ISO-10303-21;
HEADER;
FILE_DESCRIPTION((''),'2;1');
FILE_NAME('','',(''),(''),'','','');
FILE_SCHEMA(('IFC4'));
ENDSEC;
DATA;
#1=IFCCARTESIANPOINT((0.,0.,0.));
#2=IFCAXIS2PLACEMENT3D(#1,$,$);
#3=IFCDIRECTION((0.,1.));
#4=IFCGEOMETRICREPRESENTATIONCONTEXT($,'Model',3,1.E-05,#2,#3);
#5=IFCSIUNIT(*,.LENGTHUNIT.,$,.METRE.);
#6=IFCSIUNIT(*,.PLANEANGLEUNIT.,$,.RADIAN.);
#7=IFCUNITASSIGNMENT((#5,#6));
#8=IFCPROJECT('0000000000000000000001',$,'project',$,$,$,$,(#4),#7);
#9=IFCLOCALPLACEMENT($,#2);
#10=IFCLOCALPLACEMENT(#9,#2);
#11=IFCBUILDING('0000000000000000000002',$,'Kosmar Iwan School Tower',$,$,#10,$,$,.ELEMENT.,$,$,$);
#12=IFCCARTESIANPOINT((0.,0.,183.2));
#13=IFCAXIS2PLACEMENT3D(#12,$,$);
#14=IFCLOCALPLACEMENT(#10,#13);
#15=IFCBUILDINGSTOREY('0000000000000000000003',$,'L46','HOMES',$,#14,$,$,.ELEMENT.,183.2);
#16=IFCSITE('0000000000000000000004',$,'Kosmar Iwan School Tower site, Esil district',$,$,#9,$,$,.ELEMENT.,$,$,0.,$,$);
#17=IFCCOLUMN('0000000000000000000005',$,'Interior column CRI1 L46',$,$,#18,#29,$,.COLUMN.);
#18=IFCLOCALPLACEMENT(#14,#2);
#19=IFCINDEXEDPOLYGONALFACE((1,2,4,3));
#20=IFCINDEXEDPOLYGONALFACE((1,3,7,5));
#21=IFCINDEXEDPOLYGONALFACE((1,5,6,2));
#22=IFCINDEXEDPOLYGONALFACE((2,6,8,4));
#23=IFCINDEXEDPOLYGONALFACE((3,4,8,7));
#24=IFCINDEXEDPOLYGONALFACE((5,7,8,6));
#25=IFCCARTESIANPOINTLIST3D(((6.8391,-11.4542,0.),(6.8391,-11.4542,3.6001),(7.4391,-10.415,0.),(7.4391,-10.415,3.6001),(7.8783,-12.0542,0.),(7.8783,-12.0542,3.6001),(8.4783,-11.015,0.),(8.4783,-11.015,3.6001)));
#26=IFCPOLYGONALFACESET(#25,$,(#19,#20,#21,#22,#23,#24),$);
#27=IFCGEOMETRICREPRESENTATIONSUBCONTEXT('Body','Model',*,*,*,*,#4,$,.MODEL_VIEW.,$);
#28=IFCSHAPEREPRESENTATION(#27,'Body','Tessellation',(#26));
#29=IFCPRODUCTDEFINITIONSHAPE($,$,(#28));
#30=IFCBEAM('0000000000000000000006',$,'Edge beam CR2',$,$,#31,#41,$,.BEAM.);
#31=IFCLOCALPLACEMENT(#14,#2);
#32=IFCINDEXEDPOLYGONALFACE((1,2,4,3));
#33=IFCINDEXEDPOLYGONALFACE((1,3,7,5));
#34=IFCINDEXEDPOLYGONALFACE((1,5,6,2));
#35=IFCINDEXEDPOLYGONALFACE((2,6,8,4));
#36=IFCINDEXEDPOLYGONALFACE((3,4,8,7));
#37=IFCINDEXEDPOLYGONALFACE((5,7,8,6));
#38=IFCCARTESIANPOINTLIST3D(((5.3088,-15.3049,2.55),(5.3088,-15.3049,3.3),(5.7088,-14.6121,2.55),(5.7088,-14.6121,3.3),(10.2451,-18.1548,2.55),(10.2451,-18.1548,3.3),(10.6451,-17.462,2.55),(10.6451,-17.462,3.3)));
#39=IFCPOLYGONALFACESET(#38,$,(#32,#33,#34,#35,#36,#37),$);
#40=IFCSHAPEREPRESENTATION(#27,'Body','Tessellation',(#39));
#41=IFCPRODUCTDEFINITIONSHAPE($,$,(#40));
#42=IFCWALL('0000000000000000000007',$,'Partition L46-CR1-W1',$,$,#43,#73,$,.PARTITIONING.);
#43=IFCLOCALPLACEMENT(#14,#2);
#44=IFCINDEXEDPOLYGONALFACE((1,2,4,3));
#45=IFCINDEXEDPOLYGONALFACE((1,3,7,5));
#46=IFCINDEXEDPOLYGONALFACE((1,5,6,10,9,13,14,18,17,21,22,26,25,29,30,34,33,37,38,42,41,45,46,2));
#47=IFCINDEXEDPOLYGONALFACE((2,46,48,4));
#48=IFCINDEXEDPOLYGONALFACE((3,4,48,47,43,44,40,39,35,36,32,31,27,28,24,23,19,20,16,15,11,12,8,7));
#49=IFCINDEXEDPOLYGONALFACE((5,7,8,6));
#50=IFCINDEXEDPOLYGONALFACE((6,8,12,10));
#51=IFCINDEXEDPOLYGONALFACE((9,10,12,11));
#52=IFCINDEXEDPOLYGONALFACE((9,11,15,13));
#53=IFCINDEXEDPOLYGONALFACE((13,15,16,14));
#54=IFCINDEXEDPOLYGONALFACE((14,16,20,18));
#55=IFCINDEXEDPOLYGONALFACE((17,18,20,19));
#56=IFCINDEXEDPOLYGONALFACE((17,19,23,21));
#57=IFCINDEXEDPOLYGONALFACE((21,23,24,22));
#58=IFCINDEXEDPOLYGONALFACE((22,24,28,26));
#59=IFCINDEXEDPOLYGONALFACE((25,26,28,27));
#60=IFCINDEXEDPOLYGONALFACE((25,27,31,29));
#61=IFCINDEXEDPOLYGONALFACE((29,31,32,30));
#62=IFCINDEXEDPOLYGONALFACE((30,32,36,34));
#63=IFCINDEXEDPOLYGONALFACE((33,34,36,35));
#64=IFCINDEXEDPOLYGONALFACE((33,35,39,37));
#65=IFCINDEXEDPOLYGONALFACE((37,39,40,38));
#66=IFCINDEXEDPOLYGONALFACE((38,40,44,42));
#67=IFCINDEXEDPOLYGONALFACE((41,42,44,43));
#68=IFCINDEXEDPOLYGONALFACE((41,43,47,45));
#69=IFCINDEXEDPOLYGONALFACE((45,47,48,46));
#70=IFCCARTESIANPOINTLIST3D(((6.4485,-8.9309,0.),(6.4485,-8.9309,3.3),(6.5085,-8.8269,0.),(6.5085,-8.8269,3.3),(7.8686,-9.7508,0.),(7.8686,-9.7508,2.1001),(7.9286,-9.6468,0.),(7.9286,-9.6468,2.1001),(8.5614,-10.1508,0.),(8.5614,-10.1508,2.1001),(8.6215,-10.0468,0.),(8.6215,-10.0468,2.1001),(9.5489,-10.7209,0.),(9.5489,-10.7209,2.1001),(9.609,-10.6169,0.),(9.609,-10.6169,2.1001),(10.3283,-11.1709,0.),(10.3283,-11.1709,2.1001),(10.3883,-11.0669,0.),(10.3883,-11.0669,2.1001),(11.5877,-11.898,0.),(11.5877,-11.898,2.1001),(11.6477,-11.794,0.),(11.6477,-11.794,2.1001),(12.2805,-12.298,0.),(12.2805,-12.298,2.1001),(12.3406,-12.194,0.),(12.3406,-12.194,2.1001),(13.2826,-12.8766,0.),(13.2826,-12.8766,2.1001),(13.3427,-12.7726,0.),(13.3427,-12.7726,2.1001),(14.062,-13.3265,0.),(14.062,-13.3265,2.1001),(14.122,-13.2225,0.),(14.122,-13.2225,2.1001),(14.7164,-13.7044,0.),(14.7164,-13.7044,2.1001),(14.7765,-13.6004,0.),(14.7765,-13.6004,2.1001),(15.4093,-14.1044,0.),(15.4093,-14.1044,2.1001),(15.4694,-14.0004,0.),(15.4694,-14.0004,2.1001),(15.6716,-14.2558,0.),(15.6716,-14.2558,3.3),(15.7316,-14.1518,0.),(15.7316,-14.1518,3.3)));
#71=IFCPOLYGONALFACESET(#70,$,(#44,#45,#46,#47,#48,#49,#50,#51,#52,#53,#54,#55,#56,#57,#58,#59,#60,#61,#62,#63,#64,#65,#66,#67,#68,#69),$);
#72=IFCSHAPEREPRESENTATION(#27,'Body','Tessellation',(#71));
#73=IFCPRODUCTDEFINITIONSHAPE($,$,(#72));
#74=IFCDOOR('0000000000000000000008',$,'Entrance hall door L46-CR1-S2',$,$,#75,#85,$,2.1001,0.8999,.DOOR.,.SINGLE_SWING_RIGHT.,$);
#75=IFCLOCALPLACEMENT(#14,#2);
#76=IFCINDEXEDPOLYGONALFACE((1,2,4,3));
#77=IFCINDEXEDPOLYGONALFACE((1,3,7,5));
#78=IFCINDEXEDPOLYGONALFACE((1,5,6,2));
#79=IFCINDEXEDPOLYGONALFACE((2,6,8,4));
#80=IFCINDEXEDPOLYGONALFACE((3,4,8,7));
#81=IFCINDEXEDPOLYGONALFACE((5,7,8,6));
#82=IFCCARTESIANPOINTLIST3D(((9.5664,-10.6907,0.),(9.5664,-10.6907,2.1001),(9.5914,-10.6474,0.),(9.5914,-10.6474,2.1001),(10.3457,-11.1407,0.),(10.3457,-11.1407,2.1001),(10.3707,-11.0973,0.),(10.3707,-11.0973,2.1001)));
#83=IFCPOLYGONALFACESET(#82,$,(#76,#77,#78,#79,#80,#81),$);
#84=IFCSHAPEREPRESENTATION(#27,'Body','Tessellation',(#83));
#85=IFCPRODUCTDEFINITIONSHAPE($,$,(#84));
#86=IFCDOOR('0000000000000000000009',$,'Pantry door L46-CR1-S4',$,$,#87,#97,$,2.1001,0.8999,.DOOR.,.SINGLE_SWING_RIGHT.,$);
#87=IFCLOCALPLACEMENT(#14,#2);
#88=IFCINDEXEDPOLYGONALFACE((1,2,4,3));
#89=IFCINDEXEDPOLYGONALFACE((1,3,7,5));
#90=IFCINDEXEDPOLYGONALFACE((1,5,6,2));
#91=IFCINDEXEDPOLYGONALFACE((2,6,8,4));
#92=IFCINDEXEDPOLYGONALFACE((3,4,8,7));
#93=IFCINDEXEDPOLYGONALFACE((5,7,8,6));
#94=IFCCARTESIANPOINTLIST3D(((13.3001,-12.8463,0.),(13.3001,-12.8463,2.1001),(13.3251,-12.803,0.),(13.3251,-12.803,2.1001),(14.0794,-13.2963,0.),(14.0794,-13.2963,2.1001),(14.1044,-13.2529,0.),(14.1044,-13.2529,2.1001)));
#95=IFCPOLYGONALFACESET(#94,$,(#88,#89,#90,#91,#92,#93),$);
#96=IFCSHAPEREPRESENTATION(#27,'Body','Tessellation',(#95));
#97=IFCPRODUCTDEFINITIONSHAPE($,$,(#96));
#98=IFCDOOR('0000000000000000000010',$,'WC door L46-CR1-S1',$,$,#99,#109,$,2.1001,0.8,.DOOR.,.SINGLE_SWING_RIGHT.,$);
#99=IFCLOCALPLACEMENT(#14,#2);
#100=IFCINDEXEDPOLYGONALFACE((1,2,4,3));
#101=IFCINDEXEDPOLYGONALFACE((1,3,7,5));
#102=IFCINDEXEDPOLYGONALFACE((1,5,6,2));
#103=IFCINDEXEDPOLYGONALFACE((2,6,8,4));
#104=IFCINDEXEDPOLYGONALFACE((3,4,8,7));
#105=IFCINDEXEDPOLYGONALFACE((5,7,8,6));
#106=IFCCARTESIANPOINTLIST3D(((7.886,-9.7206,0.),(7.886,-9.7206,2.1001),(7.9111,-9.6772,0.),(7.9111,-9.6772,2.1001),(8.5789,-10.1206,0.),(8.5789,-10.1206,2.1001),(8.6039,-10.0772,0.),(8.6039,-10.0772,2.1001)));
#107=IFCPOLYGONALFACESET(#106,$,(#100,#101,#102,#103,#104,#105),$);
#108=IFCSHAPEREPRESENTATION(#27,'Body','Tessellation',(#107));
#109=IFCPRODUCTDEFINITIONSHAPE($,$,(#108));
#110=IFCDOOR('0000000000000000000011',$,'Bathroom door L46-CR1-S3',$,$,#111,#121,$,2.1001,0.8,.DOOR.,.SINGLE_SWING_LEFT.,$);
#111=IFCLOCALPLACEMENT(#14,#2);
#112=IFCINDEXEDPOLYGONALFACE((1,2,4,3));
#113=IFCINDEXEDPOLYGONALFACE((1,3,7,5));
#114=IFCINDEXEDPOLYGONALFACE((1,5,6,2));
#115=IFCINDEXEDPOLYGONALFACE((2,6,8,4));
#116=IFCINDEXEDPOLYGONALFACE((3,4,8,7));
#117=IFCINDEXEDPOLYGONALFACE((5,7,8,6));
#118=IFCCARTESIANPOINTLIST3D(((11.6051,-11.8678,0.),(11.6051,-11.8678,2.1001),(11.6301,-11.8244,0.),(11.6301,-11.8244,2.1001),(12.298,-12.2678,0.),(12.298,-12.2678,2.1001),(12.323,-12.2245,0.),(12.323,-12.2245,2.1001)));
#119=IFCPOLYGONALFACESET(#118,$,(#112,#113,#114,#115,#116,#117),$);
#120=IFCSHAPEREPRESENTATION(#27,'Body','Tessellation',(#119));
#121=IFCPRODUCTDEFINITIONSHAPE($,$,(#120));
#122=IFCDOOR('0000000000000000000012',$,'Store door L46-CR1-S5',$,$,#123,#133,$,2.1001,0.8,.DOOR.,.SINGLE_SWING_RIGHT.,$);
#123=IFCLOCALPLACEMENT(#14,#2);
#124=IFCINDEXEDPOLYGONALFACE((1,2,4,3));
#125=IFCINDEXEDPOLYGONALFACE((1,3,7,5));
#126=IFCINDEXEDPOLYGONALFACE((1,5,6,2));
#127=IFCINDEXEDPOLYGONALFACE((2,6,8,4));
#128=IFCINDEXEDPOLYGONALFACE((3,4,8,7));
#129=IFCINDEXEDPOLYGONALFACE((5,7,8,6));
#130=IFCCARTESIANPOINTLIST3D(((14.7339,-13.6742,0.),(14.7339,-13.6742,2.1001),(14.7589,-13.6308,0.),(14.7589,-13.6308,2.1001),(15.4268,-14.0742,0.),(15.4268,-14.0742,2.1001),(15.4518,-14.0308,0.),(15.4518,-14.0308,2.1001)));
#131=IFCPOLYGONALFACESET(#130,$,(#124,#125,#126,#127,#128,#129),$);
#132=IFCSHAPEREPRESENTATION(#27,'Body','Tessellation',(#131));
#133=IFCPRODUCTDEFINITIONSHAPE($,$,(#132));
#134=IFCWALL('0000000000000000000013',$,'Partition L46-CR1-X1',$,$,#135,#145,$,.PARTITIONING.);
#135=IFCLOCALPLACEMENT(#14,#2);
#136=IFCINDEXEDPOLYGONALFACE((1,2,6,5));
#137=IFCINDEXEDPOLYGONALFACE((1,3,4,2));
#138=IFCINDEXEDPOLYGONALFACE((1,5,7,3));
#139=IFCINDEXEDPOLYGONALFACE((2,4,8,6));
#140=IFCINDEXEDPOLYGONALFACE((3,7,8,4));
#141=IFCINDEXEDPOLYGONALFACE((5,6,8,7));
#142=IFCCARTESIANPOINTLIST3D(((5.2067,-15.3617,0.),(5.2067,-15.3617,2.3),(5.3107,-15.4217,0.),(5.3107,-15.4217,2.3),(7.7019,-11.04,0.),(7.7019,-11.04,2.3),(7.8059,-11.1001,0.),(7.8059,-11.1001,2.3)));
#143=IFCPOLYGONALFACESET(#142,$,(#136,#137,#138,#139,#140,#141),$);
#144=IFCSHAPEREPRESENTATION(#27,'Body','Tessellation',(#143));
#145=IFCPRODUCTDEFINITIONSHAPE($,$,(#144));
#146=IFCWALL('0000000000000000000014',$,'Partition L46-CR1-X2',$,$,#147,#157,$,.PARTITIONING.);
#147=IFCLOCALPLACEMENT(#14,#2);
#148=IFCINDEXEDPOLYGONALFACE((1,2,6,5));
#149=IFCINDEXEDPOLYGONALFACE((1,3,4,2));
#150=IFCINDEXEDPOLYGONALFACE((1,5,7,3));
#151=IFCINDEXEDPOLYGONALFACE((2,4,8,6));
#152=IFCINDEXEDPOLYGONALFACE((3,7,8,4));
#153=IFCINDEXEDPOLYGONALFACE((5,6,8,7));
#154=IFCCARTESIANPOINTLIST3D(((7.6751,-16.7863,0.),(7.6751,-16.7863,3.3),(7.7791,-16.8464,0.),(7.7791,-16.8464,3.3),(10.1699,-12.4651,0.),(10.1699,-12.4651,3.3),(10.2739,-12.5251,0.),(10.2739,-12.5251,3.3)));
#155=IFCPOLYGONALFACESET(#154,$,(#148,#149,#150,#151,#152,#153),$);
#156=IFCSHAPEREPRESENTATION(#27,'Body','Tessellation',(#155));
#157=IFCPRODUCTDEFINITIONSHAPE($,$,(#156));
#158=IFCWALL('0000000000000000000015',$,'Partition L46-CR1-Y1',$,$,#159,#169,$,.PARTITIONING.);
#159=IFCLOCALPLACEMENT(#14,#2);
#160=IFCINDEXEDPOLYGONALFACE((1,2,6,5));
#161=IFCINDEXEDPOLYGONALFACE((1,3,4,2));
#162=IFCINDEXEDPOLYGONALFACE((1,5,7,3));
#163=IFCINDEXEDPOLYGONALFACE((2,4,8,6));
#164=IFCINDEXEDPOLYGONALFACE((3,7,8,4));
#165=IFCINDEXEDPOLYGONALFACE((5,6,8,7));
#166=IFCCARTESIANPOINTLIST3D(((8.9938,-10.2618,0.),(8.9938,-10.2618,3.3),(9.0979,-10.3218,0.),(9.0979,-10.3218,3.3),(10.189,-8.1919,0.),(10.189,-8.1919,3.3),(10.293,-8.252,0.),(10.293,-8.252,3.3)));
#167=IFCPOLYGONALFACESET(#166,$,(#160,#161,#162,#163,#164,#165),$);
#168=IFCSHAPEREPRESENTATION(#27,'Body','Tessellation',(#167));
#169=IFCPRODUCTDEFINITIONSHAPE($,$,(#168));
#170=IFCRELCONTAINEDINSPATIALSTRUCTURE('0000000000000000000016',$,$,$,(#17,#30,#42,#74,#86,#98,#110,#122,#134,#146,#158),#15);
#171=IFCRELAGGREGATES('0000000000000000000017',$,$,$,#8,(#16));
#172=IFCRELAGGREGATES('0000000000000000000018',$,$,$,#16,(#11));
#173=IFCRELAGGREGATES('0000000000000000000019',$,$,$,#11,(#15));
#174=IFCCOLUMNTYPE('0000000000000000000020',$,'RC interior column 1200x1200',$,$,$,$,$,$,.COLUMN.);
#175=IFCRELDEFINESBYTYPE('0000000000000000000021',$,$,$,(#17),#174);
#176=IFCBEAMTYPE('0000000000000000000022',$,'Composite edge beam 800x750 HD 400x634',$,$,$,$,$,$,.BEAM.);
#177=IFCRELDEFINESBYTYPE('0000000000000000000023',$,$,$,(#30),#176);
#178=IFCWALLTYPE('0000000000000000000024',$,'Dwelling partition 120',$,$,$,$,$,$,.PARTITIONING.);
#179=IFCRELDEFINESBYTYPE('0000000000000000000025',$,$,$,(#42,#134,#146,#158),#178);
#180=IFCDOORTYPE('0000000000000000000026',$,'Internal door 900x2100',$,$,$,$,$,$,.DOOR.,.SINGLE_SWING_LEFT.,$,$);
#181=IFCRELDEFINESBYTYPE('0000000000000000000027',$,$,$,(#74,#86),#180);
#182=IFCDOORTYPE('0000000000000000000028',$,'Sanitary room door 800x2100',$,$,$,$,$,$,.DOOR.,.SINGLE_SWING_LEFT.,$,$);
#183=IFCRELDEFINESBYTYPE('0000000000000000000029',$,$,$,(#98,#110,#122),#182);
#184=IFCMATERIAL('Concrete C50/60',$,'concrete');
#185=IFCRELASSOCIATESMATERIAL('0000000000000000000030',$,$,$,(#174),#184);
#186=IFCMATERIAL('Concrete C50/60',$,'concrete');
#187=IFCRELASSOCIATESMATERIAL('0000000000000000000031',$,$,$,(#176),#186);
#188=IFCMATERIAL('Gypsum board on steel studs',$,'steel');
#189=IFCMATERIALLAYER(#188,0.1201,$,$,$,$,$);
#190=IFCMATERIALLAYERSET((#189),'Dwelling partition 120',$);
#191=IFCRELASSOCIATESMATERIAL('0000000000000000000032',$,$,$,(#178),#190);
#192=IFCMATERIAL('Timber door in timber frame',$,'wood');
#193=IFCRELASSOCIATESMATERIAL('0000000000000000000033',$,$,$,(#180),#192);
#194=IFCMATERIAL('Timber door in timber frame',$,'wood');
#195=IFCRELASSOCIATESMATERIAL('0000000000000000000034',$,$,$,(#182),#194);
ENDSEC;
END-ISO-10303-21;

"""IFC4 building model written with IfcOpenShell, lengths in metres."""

from ifc_helpers import new_model, si_unit, direction, frame, frame_2d, origin, origin_2d, place, context, subcontext, project, spatial, rectangle, extrude, material, layer, layer_set, material_profile, profile_set, type_object, element, fill, save


model = new_model("IFC4")

# Units and contexts
model_context = context("Model", 3, precision=1e-05, world=origin(), true_north=direction((0.0, 1.0)))
body_context = subcontext(model_context, "Body", "Model", "MODEL_VIEW")
ifc_project = project(units=[si_unit("LENGTHUNIT", "METRE"), si_unit("PLANEANGLEUNIT", "RADIAN")], contexts=[model_context])

# Site, building, storey
site_placement = place(None, origin())
site = spatial("IfcSite", under=ifc_project, at=site_placement, Name="Kosmar Iwan School Tower site, Esil district", CompositionType="ELEMENT", RefElevation=0.0)
building_placement = place(site_placement, origin())
building = spatial("IfcBuilding", under=site, at=building_placement, Name="Kosmar Iwan School Tower", CompositionType="ELEMENT")
storey_placement = place(building_placement, frame((0.0, 0.0, 183.2)))
storey = spatial("IfcBuildingStorey", under=building, at=storey_placement, Name="L46", Description="HOMES", CompositionType="ELEMENT", Elevation=183.2)

# Column
ifc_material_1 = material(Name="Concrete C50/60", Category="concrete")
ifc_material_profile_1 = material_profile(ifc_material_1, rectangle(XDim=1.2, YDim=1.2, at=origin_2d()), Name="RC 1200x1200")
ifc_profile_set_1 = profile_set([ifc_material_profile_1], Name="Concrete C50/60")
column_type = type_object("IfcColumnType", Name="RC interior column 1200x1200", PredefinedType="COLUMN", material=ifc_profile_set_1)
column_placement = place(storey_placement, frame((7.6587, -11.2346, 0.0), z_axis=(0.0, 0.0, 1.0), x_axis=(0.866025, -0.5, 0.0)))
element("IfcColumn", 1, at=column_placement, inside=storey, type_object=column_type, Name="Interior column CRI1 L46", PredefinedType="COLUMN", context=body_context, shape_type="SweptSolid", body=[
    extrude(rectangle(XDim=1.2, YDim=1.2, at=origin_2d()), origin(), (0.0, 0.0, 1.0), 3.6001),
])

# Beam
ifc_material_2 = material(Name="Concrete C50/60", Category="concrete")
ifc_material_profile_2 = material_profile(ifc_material_2, rectangle(XDim=0.8, YDim=0.75, at=origin_2d()), Name="RC 800x750 + HD 400x634")
ifc_profile_set_2 = profile_set([ifc_material_profile_2], Name="Concrete C50/60")
beam_type = type_object("IfcBeamType", Name="Composite edge beam 800x750 HD 400x634", PredefinedType="BEAM", material=ifc_profile_set_2)
beam_placement = place(storey_placement, frame((5.5088, -14.9585, 2.925), z_axis=(0.866034, -0.499986, 0.0), x_axis=(0.499986, 0.866034, 0.0)))
element("IfcBeam", 2, at=beam_placement, inside=storey, type_object=beam_type, Name="Edge beam CR2", PredefinedType="BEAM", context=body_context, shape_type="SweptSolid", body=[
    extrude(rectangle(XDim=0.8, YDim=0.75, at=origin_2d()), origin(), (0.0, 0.0, 1.0), 5.7),
])

# Wall, openings, doors
ifc_material_3 = material(Name="Gypsum board on steel studs", Category="steel")
ifc_layer = layer(ifc_material_3, 0.1201)
ifc_layer_set = layer_set([ifc_layer], Name="Dwelling partition 120")
wall_type = type_object("IfcWallType", Name="Dwelling partition 120", PredefinedType="PARTITIONING", material=ifc_layer_set)
wall_1_placement = place(storey_placement, frame((6.4785, -8.8789, 0.0), z_axis=(0.0, 0.0, 1.0), x_axis=(0.866027, -0.499998, 0.0)))
wall_1 = element("IfcWall", 3, at=wall_1_placement, inside=storey, type_object=wall_type, Name="Partition L46-CR1-W1", PredefinedType="PARTITIONING", context=body_context, shape_type="SweptSolid", body=[
    extrude(rectangle(XDim=10.6499, YDim=0.1201, at=frame_2d((5.325, 0.0))), origin(), (0.0, 0.0, 1.0), 3.3),
])
opening_1_placement = place(wall_1_placement, frame((1.6399, 0.0, 0.0)))
opening_1 = element("IfcOpeningElement", 4, at=opening_1_placement, cuts=wall_1, PredefinedType="OPENING", context=body_context, shape_type="SweptSolid", body=[
    extrude(rectangle(XDim=0.8, YDim=2.1001, at=frame_2d((0.3999, 1.05))), frame((0.0, 0.072, 0.0), z_axis=(0.0, -1.0, 0.0), x_axis=(1.0, 0.0, 0.0)), (0.0, 0.0, 1.0), 0.144),
])
opening_2_placement = place(wall_1_placement, frame((3.5801, 0.0, 0.0)))
opening_2 = element("IfcOpeningElement", 5, at=opening_2_placement, cuts=wall_1, PredefinedType="OPENING", context=body_context, shape_type="SweptSolid", body=[
    extrude(rectangle(XDim=0.8999, YDim=2.1001, at=frame_2d((0.45, 1.05))), frame((0.0, 0.072, 0.0), z_axis=(0.0, -1.0, 0.0), x_axis=(1.0, 0.0, 0.0)), (0.0, 0.0, 1.0), 0.144),
])
opening_3_placement = place(wall_1_placement, frame((5.9343, 0.0, 0.0)))
opening_3 = element("IfcOpeningElement", 6, at=opening_3_placement, cuts=wall_1, PredefinedType="OPENING", context=body_context, shape_type="SweptSolid", body=[
    extrude(rectangle(XDim=0.8, YDim=2.1001, at=frame_2d((0.3999, 1.05))), frame((0.0, 0.072, 0.0), z_axis=(0.0, -1.0, 0.0), x_axis=(1.0, 0.0, 0.0)), (0.0, 0.0, 1.0), 0.144),
])
opening_4_placement = place(wall_1_placement, frame((7.8914, 0.0, 0.0)))
opening_4 = element("IfcOpeningElement", 7, at=opening_4_placement, cuts=wall_1, PredefinedType="OPENING", context=body_context, shape_type="SweptSolid", body=[
    extrude(rectangle(XDim=0.8999, YDim=2.1001, at=frame_2d((0.45, 1.05))), frame((0.0, 0.072, 0.0), z_axis=(0.0, -1.0, 0.0), x_axis=(1.0, 0.0, 0.0)), (0.0, 0.0, 1.0), 0.144),
])
opening_5_placement = place(wall_1_placement, frame((9.5471, 0.0, 0.0)))
opening_5 = element("IfcOpeningElement", 8, at=opening_5_placement, cuts=wall_1, PredefinedType="OPENING", context=body_context, shape_type="SweptSolid", body=[
    extrude(rectangle(XDim=0.8, YDim=2.1001, at=frame_2d((0.3999, 1.05))), frame((0.0, 0.072, 0.0), z_axis=(0.0, -1.0, 0.0), x_axis=(1.0, 0.0, 0.0)), (0.0, 0.0, 1.0), 0.144),
])
ifc_material_4 = material(Name="Timber door in timber frame", Category="wood")
door_type_1 = type_object("IfcDoorType", Name="Internal door 900x2100", OperationType="SINGLE_SWING_LEFT", PredefinedType="DOOR", material=ifc_material_4)
door_1_placement = place(opening_2_placement, origin())
door_1 = element("IfcDoor", 9, at=door_1_placement, inside=storey, type_object=door_type_1, Name="Entrance hall door L46-CR1-S2", OperationType="SINGLE_SWING_RIGHT", OverallHeight=2.1001, OverallWidth=0.8999, PredefinedType="DOOR", context=body_context, shape_type="SweptSolid", body=[
    extrude(rectangle(XDim=0.8999, YDim=2.1001, at=frame_2d((0.45, 1.05))), frame((0.0, 0.0249, 0.0), z_axis=(0.0, -1.0, 0.0), x_axis=(1.0, 0.0, 0.0)), (0.0, 0.0, 1.0), 0.05),
])
fill(opening_2, door_1)
door_2_placement = place(opening_4_placement, origin())
door_2 = element("IfcDoor", 10, at=door_2_placement, inside=storey, type_object=door_type_1, Name="Pantry door L46-CR1-S4", OperationType="SINGLE_SWING_RIGHT", OverallHeight=2.1001, OverallWidth=0.8999, PredefinedType="DOOR", context=body_context, shape_type="SweptSolid", body=[
    extrude(rectangle(XDim=0.8999, YDim=2.1001, at=frame_2d((0.45, 1.05))), frame((0.0, 0.0249, 0.0), z_axis=(0.0, -1.0, 0.0), x_axis=(1.0, 0.0, 0.0)), (0.0, 0.0, 1.0), 0.05),
])
fill(opening_4, door_2)
ifc_material_5 = material(Name="Timber door in timber frame", Category="wood")
door_type_2 = type_object("IfcDoorType", Name="Sanitary room door 800x2100", OperationType="SINGLE_SWING_LEFT", PredefinedType="DOOR", material=ifc_material_5)
door_3_placement = place(opening_1_placement, origin())
door_3 = element("IfcDoor", 11, at=door_3_placement, inside=storey, type_object=door_type_2, Name="WC door L46-CR1-S1", OperationType="SINGLE_SWING_RIGHT", OverallHeight=2.1001, OverallWidth=0.8, PredefinedType="DOOR", context=body_context, shape_type="SweptSolid", body=[
    extrude(rectangle(XDim=0.8, YDim=2.1001, at=frame_2d((0.3999, 1.05))), frame((0.0, 0.0249, 0.0), z_axis=(0.0, -1.0, 0.0), x_axis=(1.0, 0.0, 0.0)), (0.0, 0.0, 1.0), 0.05),
])
fill(opening_1, door_3)
door_4_placement = place(opening_3_placement, origin())
door_4 = element("IfcDoor", 12, at=door_4_placement, inside=storey, type_object=door_type_2, Name="Bathroom door L46-CR1-S3", OperationType="SINGLE_SWING_LEFT", OverallHeight=2.1001, OverallWidth=0.8, PredefinedType="DOOR", context=body_context, shape_type="SweptSolid", body=[
    extrude(rectangle(XDim=0.8, YDim=2.1001, at=frame_2d((0.3999, 1.05))), frame((0.0, 0.0249, 0.0), z_axis=(0.0, -1.0, 0.0), x_axis=(1.0, 0.0, 0.0)), (0.0, 0.0, 1.0), 0.05),
])
fill(opening_3, door_4)
door_5_placement = place(opening_5_placement, origin())
door_5 = element("IfcDoor", 13, at=door_5_placement, inside=storey, type_object=door_type_2, Name="Store door L46-CR1-S5", OperationType="SINGLE_SWING_RIGHT", OverallHeight=2.1001, OverallWidth=0.8, PredefinedType="DOOR", context=body_context, shape_type="SweptSolid", body=[
    extrude(rectangle(XDim=0.8, YDim=2.1001, at=frame_2d((0.3999, 1.05))), frame((0.0, 0.0249, 0.0), z_axis=(0.0, -1.0, 0.0), x_axis=(1.0, 0.0, 0.0)), (0.0, 0.0, 1.0), 0.05),
])
fill(opening_5, door_5)

# Walls
wall_2_placement = place(storey_placement, frame((7.7539, -11.0701, 0.0), z_axis=(0.0, 0.0, 1.0), x_axis=(-0.500012, -0.866019, 0.0)))
element("IfcWall", 14, at=wall_2_placement, inside=storey, type_object=wall_type, Name="Partition L46-CR1-X1", PredefinedType="PARTITIONING", context=body_context, shape_type="SweptSolid", body=[
    extrude(rectangle(XDim=4.9902, YDim=0.1201, at=frame_2d((2.4951, 0.0))), origin(), (0.0, 0.0, 1.0), 2.3),
])
wall_3_placement = place(storey_placement, frame((10.2219, -12.4951, 0.0), z_axis=(0.0, 0.0, 1.0), x_axis=(-0.499996, -0.866028, 0.0)))
element("IfcWall", 15, at=wall_3_placement, inside=storey, type_object=wall_type, Name="Partition L46-CR1-X2", PredefinedType="PARTITIONING", context=body_context, shape_type="SweptSolid", body=[
    extrude(rectangle(XDim=4.9897, YDim=0.1201, at=frame_2d((2.4949, 0.0))), origin(), (0.0, 0.0, 1.0), 3.3),
])
wall_4_placement = place(storey_placement, frame((10.241, -8.2219, 0.0), z_axis=(0.0, 0.0, 1.0), x_axis=(-0.500017, -0.866015, 0.0)))
element("IfcWall", 16, at=wall_4_placement, inside=storey, type_object=wall_type, Name="Partition L46-CR1-Y1", PredefinedType="PARTITIONING", context=body_context, shape_type="SweptSolid", body=[
    extrude(rectangle(XDim=2.3901, YDim=0.1201, at=frame_2d((1.1951, 0.0))), origin(), (0.0, 0.0, 1.0), 3.3),
])

save(model, "model.ifc")
